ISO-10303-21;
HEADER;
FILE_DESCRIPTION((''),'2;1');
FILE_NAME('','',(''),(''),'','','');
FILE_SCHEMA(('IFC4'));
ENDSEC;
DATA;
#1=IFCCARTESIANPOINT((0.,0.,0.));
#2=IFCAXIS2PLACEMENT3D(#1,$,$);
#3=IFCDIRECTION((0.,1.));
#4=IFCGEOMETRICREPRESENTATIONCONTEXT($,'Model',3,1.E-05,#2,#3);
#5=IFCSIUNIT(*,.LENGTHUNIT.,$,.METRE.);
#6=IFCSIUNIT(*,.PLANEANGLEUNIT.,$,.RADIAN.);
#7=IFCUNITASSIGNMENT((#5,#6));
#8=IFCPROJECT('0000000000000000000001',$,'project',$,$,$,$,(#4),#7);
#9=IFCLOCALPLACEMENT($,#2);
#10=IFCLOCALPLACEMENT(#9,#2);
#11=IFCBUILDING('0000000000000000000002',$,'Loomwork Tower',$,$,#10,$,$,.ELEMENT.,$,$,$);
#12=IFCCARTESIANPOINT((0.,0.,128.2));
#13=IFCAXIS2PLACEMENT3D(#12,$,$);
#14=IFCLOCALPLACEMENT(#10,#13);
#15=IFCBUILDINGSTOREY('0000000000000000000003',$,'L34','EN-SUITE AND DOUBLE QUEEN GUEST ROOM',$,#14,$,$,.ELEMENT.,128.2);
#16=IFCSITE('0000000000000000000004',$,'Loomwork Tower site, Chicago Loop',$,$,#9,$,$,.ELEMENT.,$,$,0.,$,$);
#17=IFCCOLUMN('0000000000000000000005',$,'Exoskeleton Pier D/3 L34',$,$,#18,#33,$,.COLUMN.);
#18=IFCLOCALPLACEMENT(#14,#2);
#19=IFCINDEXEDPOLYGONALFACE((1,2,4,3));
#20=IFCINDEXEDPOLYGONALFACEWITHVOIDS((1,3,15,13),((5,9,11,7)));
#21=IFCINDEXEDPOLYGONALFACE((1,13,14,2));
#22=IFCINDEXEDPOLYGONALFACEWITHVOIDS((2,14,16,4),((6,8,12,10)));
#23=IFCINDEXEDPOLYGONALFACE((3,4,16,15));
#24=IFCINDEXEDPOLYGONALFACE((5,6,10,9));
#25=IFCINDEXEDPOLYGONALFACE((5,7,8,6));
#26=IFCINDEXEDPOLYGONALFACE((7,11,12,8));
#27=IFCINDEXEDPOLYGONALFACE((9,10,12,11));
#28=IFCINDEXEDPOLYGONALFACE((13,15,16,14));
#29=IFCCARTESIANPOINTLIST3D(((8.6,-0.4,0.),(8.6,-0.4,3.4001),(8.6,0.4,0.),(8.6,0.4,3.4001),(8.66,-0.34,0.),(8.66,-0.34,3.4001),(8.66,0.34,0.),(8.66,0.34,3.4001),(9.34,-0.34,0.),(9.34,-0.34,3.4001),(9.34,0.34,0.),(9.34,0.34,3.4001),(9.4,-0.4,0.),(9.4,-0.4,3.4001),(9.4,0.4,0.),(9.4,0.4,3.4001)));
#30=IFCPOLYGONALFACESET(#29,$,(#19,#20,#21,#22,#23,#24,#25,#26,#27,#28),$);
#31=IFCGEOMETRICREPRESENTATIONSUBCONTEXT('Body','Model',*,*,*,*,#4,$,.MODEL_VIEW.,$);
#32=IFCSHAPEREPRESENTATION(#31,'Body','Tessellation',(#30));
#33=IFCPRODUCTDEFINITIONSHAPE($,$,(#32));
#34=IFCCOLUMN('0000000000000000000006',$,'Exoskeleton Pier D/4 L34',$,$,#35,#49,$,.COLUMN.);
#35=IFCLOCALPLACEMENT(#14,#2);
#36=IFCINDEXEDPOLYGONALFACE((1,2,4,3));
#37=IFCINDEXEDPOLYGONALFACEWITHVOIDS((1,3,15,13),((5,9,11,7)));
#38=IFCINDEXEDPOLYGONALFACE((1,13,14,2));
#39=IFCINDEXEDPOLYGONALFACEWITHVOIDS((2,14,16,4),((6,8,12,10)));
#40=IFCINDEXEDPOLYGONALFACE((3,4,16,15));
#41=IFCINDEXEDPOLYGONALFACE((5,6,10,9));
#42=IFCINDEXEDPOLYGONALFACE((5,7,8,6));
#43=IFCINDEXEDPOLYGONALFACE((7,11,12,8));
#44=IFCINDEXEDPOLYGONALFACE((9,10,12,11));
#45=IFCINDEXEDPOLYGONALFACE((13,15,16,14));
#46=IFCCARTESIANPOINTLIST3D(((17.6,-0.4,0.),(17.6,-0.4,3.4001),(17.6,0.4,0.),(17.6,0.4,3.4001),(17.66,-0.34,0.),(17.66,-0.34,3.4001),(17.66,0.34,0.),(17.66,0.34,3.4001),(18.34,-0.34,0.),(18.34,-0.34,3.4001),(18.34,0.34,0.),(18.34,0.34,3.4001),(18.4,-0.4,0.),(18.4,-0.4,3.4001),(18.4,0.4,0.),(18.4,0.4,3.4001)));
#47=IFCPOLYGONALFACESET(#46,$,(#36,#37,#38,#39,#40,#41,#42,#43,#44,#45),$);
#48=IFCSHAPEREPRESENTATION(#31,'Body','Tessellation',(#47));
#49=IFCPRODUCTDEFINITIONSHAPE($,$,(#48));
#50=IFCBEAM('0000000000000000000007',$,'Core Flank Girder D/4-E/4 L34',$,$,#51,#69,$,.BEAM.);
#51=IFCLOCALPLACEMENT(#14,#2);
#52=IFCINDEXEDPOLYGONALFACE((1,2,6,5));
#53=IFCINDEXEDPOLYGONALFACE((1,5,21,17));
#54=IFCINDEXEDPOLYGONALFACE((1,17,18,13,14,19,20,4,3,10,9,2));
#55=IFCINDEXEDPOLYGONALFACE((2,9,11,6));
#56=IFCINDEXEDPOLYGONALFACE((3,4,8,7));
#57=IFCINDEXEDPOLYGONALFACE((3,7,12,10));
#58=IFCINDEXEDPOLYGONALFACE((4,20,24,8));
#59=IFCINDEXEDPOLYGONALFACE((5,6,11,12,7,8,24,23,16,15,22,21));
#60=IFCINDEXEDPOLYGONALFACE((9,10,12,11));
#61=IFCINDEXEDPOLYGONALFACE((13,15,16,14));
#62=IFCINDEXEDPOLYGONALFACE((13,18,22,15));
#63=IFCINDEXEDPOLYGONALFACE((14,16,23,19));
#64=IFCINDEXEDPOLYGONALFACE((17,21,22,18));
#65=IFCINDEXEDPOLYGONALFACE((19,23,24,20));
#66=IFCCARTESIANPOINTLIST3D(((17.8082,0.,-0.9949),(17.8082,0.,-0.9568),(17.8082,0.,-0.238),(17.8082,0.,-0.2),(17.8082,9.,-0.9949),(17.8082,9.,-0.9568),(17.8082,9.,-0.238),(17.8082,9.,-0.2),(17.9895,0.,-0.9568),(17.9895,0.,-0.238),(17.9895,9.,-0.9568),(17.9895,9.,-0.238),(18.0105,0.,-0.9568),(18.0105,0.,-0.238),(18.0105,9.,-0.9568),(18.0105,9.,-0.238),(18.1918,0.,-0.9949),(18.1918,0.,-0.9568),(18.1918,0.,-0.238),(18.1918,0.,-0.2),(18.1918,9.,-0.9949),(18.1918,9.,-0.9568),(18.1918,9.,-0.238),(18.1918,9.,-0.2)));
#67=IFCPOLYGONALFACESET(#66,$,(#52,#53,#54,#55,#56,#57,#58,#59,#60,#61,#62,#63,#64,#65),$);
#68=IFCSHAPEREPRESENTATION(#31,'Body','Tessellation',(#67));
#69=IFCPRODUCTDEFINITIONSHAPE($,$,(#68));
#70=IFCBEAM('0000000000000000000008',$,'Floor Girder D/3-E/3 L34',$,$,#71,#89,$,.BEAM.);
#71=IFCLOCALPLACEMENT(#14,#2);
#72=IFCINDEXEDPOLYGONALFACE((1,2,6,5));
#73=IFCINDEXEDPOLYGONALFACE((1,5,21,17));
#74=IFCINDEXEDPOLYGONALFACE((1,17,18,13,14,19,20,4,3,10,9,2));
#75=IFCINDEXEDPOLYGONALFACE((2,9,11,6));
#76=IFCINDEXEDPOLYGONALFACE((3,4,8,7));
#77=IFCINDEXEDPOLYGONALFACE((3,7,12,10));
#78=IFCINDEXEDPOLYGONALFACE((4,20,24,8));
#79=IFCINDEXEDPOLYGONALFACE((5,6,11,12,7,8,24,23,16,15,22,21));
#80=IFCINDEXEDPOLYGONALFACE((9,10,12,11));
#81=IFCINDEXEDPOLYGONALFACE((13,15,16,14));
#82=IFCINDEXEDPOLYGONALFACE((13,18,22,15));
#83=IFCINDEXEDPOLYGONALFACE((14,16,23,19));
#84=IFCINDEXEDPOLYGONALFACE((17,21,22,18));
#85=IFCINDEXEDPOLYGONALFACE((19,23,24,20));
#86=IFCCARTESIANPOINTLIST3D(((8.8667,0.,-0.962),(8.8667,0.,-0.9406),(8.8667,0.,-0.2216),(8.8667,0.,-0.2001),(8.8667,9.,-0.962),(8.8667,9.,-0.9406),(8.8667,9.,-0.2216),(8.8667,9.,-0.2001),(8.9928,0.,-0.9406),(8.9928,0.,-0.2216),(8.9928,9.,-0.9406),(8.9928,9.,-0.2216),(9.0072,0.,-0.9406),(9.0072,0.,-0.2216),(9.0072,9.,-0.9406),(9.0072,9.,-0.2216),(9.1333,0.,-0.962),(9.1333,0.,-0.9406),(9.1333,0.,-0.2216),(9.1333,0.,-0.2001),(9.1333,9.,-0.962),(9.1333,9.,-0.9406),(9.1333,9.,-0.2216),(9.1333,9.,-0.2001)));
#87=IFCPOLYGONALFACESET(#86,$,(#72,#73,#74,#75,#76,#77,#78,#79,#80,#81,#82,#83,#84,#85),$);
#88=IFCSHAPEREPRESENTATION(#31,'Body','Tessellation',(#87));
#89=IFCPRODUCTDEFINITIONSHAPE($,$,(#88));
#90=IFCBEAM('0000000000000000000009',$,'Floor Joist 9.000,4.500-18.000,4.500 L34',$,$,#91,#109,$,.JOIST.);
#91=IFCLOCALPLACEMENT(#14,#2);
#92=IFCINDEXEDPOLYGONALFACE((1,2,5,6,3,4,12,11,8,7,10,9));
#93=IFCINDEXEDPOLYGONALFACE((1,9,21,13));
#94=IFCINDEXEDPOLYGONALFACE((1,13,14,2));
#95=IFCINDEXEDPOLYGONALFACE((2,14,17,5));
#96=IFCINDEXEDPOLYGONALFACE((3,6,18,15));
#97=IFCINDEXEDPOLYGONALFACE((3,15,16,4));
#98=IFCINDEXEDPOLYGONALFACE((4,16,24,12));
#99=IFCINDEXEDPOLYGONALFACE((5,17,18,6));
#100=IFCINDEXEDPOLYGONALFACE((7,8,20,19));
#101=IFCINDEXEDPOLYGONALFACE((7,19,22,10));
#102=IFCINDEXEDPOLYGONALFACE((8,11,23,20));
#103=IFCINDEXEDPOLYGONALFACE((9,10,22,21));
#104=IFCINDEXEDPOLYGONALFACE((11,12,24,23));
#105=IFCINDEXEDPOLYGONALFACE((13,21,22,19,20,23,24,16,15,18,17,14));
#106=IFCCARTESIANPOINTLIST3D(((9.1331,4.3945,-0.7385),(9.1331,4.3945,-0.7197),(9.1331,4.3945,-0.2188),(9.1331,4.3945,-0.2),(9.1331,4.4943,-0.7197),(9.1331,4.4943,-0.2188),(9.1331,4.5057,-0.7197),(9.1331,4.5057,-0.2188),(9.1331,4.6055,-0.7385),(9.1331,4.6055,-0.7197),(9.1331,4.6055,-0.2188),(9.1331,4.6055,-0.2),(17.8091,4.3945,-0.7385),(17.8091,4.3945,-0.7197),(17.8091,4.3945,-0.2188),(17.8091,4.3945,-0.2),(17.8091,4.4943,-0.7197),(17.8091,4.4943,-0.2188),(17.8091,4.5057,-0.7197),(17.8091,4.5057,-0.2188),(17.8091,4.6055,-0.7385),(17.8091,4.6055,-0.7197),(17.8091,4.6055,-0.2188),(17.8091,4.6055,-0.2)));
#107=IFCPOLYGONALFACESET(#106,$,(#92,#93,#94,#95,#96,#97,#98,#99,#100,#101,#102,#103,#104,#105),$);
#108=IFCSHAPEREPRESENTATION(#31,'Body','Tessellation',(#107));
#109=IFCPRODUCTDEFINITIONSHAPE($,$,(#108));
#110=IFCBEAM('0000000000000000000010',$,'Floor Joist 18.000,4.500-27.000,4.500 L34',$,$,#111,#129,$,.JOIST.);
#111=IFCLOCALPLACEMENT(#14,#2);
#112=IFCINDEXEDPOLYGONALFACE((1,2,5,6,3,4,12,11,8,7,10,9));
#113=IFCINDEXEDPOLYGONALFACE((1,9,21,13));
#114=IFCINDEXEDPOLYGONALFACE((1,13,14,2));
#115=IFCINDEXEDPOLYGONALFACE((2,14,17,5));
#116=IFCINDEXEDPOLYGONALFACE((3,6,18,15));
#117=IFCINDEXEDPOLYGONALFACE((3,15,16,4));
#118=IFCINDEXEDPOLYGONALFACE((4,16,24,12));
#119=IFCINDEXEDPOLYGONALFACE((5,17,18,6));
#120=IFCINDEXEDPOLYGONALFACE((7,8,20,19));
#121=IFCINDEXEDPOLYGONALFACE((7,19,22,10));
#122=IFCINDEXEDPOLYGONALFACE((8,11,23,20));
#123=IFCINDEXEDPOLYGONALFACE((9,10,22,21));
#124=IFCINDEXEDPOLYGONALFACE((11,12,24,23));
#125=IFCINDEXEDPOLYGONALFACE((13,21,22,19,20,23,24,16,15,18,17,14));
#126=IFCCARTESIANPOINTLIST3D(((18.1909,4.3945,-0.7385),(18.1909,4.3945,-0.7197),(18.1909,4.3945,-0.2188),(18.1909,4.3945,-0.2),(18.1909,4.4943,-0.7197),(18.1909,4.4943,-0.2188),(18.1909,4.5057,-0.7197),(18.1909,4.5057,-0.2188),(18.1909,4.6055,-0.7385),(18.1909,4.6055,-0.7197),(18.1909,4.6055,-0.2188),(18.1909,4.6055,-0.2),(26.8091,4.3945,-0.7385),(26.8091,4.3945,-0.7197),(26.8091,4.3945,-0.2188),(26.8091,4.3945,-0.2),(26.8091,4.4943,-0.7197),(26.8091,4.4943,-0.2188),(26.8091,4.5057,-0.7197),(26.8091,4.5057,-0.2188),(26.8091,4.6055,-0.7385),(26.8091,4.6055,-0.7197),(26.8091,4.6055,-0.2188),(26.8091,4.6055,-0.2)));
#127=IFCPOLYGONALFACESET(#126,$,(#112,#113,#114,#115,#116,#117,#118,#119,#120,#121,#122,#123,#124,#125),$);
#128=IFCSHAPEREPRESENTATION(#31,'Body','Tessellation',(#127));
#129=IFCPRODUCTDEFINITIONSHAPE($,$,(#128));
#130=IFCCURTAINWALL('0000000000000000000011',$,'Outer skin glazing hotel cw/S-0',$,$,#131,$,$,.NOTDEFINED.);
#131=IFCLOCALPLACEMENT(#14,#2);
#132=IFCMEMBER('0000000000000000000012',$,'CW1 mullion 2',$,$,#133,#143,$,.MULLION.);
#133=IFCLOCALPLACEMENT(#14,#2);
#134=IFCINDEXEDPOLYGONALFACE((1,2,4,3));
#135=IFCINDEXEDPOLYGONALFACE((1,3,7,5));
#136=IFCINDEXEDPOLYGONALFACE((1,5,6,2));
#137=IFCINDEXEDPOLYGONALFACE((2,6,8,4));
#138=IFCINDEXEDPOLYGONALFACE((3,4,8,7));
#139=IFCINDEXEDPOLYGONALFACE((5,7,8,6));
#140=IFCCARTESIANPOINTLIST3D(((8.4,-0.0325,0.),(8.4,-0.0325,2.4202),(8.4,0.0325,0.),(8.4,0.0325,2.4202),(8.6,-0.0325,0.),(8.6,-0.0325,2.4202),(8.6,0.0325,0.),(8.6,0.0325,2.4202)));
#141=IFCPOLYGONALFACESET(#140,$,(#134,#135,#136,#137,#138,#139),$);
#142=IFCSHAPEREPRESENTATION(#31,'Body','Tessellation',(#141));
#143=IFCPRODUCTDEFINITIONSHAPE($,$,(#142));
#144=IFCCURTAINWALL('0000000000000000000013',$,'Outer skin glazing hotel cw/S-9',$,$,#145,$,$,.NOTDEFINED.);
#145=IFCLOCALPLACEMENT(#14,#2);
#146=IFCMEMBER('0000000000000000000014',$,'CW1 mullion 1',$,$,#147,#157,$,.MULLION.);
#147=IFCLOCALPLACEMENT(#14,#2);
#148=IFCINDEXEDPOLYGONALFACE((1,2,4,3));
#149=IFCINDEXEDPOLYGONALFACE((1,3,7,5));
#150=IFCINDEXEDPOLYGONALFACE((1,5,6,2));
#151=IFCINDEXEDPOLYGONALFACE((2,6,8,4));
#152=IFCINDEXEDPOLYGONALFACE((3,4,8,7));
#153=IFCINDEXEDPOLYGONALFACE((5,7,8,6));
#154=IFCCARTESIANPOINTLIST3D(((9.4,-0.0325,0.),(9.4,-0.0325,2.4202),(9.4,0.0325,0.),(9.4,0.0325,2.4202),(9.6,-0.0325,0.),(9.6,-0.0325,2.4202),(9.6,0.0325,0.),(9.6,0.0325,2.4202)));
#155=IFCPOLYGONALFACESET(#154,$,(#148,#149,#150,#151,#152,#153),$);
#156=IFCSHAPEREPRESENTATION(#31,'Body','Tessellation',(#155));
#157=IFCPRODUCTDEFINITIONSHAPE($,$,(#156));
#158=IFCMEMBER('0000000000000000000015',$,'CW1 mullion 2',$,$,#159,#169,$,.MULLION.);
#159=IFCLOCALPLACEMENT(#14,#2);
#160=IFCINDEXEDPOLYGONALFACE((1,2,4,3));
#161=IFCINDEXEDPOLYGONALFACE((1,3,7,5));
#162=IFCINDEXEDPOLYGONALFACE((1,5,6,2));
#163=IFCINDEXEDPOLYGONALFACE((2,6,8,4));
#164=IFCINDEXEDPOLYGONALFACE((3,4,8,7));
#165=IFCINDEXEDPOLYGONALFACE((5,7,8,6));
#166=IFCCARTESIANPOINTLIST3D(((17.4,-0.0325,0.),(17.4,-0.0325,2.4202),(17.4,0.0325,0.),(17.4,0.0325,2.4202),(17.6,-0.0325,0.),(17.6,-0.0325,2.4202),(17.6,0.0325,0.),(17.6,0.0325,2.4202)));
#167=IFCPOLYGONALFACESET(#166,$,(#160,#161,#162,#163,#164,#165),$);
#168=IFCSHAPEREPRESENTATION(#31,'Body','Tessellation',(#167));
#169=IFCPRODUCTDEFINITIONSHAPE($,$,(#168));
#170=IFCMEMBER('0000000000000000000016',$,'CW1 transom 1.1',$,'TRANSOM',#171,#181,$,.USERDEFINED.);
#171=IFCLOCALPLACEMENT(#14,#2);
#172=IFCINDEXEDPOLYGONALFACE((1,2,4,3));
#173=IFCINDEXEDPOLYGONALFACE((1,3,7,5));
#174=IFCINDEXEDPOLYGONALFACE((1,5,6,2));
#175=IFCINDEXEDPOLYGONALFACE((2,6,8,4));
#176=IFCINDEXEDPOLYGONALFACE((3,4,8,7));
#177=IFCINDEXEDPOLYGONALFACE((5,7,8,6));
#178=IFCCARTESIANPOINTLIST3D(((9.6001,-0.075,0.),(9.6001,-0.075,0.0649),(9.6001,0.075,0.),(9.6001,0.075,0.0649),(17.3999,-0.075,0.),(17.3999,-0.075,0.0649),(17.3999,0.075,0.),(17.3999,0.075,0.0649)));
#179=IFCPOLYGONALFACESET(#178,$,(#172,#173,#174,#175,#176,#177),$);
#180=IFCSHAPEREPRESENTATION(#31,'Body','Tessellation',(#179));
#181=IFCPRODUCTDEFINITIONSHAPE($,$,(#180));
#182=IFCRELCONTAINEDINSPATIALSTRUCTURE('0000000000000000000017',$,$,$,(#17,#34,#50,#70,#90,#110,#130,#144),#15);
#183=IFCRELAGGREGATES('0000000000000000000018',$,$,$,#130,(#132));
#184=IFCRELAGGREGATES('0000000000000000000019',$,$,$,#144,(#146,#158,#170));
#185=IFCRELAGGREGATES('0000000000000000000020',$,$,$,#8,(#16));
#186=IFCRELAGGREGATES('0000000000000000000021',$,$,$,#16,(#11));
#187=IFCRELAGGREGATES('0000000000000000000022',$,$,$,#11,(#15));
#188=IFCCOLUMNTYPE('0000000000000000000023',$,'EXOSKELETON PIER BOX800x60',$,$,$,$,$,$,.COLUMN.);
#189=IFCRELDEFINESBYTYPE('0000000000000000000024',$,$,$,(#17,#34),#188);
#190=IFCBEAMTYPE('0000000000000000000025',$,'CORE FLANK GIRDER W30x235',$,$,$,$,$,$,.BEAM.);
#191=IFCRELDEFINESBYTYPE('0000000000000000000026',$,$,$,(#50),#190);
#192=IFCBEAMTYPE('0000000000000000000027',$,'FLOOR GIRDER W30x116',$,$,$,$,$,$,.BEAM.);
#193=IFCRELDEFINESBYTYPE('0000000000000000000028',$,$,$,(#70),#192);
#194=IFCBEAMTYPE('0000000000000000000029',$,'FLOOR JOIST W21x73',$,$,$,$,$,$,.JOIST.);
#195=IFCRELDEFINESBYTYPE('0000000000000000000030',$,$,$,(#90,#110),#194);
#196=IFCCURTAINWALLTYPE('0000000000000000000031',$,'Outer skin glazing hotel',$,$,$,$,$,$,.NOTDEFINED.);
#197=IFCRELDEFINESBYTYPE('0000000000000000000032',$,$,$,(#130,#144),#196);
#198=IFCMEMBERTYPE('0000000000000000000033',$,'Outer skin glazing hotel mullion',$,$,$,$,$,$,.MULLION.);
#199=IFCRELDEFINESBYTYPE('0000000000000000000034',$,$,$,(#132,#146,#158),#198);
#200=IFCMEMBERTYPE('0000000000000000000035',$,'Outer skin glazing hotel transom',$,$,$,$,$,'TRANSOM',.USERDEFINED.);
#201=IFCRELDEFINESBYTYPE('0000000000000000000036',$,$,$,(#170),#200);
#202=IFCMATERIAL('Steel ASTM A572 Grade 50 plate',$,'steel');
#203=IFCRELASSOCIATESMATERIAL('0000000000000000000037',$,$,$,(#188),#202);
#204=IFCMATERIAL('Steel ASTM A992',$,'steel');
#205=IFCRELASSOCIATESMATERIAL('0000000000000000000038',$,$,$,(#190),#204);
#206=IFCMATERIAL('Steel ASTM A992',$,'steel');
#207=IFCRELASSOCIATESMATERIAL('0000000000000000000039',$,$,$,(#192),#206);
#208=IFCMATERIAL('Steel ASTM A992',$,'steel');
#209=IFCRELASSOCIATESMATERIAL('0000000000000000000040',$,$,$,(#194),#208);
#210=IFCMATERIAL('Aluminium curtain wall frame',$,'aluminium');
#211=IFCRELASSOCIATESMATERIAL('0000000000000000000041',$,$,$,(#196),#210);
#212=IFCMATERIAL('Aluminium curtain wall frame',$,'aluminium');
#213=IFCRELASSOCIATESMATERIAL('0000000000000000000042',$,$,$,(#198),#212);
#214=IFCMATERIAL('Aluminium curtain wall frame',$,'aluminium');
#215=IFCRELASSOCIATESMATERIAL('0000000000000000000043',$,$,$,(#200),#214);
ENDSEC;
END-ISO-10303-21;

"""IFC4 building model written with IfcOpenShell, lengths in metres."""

from ifc_helpers import new_model, si_unit, direction, frame, origin, origin_2d, place, context, subcontext, project, spatial, rectangle, hollow_rectangle, i_section, extrude, material, material_profile, profile_set, type_object, element, aggregate, save


model = new_model("IFC4")

# Units and contexts
model_context = context("Model", 3, precision=1e-05, world=origin(), true_north=direction((0.0, 1.0)))
body_context = subcontext(model_context, "Body", "Model", "MODEL_VIEW")
ifc_project = project(units=[si_unit("LENGTHUNIT", "METRE"), si_unit("PLANEANGLEUNIT", "RADIAN")], contexts=[model_context])

# Site, building, storey
site_placement = place(None, origin())
site = spatial("IfcSite", under=ifc_project, at=site_placement, Name="Loomwork Tower site, Chicago Loop", CompositionType="ELEMENT", RefElevation=0.0)
building_placement = place(site_placement, origin())
building = spatial("IfcBuilding", under=site, at=building_placement, Name="Loomwork Tower", CompositionType="ELEMENT")
storey_placement = place(building_placement, frame((0.0, 0.0, 128.2)))
storey = spatial("IfcBuildingStorey", under=building, at=storey_placement, Name="L34", Description="EN-SUITE AND DOUBLE QUEEN GUEST ROOM", CompositionType="ELEMENT", Elevation=128.2)

# Columns
ifc_material_1 = material(Name="Steel ASTM A572 Grade 50 plate", Category="steel")
ifc_material_profile_1 = material_profile(ifc_material_1, hollow_rectangle(XDim=0.8, YDim=0.8, WallThickness=0.0601, at=origin_2d()), Name="BOX800x60")
ifc_profile_set_1 = profile_set([ifc_material_profile_1], Name="Steel ASTM A572 Grade 50 plate")
column_type = type_object("IfcColumnType", Name="EXOSKELETON PIER BOX800x60", PredefinedType="COLUMN", material=ifc_profile_set_1)
for number, where, z_axis, x_axis, name in (
    (1, (9.0, 0.0, 0.0), (0.0, 0.0, 1.0), (1.0, 0.0, 0.0), "Exoskeleton Pier D/3 L34"),
    (2, (18.0, 0.0, 0.0), (0.0, 0.0, 1.0), (1.0, 0.0, 0.0), "Exoskeleton Pier D/4 L34"),
):
    element("IfcColumn", number, at=place(storey_placement, frame(where, z_axis=z_axis, x_axis=x_axis)), inside=storey, type_object=column_type, Name=name, PredefinedType="COLUMN", context=body_context, shape_type="SweptSolid", body=[
        extrude(hollow_rectangle(XDim=0.8, YDim=0.8, WallThickness=0.0601, at=origin_2d()), origin(), (0.0, 0.0, 1.0), 3.4001),
    ])

# Beams
ifc_material_2 = material(Name="Steel ASTM A992", Category="steel")
ifc_material_profile_2 = material_profile(ifc_material_2, i_section(OverallWidth=0.3835, OverallDepth=0.7949, WebThickness=0.021, FlangeThickness=0.0381, at=origin_2d()), Name="W30x235")
ifc_profile_set_2 = profile_set([ifc_material_profile_2], Name="Steel ASTM A992")
beam_type_1 = type_object("IfcBeamType", Name="CORE FLANK GIRDER W30x235", PredefinedType="BEAM", material=ifc_profile_set_2)
beam_1_placement = place(storey_placement, frame((18.0, 0.0, -0.5974), z_axis=(0.0, 1.0, 0.0), x_axis=(-1.0, 0.0, 0.0)))
element("IfcBeam", 3, at=beam_1_placement, inside=storey, type_object=beam_type_1, Name="Core Flank Girder D/4-E/4 L34", PredefinedType="BEAM", context=body_context, shape_type="SweptSolid", body=[
    extrude(i_section(OverallWidth=0.3835, OverallDepth=0.7949, WebThickness=0.021, FlangeThickness=0.0381, at=origin_2d()), origin(), (0.0, 0.0, 1.0), 9.0),
])
ifc_material_3 = material(Name="Steel ASTM A992", Category="steel")
ifc_material_profile_3 = material_profile(ifc_material_3, i_section(OverallWidth=0.2666, OverallDepth=0.762, WebThickness=0.0144, FlangeThickness=0.0215, at=origin_2d()), Name="W30x116")
ifc_profile_set_3 = profile_set([ifc_material_profile_3], Name="Steel ASTM A992")
beam_type_2 = type_object("IfcBeamType", Name="FLOOR GIRDER W30x116", PredefinedType="BEAM", material=ifc_profile_set_3)
beam_2_placement = place(storey_placement, frame((9.0, 0.0, -0.5811), z_axis=(0.0, 1.0, 0.0), x_axis=(-1.0, 0.0, 0.0)))
element("IfcBeam", 4, at=beam_2_placement, inside=storey, type_object=beam_type_2, Name="Floor Girder D/3-E/3 L34", PredefinedType="BEAM", context=body_context, shape_type="SweptSolid", body=[
    extrude(i_section(OverallWidth=0.2666, OverallDepth=0.762, WebThickness=0.0144, FlangeThickness=0.0215, at=origin_2d()), origin(), (0.0, 0.0, 1.0), 9.0),
])
ifc_material_4 = material(Name="Steel ASTM A992", Category="steel")
ifc_material_profile_4 = material_profile(ifc_material_4, i_section(OverallWidth=0.2109, OverallDepth=0.5386, WebThickness=0.0115, FlangeThickness=0.0188, at=origin_2d()), Name="W21x73")
ifc_profile_set_4 = profile_set([ifc_material_profile_4], Name="Steel ASTM A992")
beam_type_3 = type_object("IfcBeamType", Name="FLOOR JOIST W21x73", PredefinedType="JOIST", material=ifc_profile_set_4)
beam_3_placement = place(storey_placement, frame((9.1331, 4.5, -0.4692), z_axis=(1.0, 0.0, 0.0), x_axis=(0.0, 1.0, 0.0)))
element("IfcBeam", 5, at=beam_3_placement, inside=storey, type_object=beam_type_3, Name="Floor Joist 9.000,4.500-18.000,4.500 L34", PredefinedType="JOIST", context=body_context, shape_type="SweptSolid", body=[
    extrude(i_section(OverallWidth=0.2109, OverallDepth=0.5386, WebThickness=0.0115, FlangeThickness=0.0188, at=origin_2d()), origin(), (0.0, 0.0, 1.0), 8.676),
])
beam_4_placement = place(storey_placement, frame((18.1909, 4.5, -0.4692), z_axis=(1.0, 0.0, 0.0), x_axis=(0.0, 1.0, 0.0)))
element("IfcBeam", 6, at=beam_4_placement, inside=storey, type_object=beam_type_3, Name="Floor Joist 18.000,4.500-27.000,4.500 L34", PredefinedType="JOIST", context=body_context, shape_type="SweptSolid", body=[
    extrude(i_section(OverallWidth=0.2109, OverallDepth=0.5386, WebThickness=0.0115, FlangeThickness=0.0188, at=origin_2d()), origin(), (0.0, 0.0, 1.0), 8.6182),
])

# Curtain wall, member
ifc_material_5 = material(Name="Aluminium curtain wall frame", Category="aluminium")
curtain_wall_type = type_object("IfcCurtainWallType", Name="Outer skin glazing hotel", PredefinedType="NOTDEFINED", material=ifc_material_5)
curtain_wall_1_placement = place(storey_placement, origin())
curtain_wall_1 = element("IfcCurtainWall", 7, at=curtain_wall_1_placement, inside=storey, type_object=curtain_wall_type, Name="Outer skin glazing hotel cw/S-0", PredefinedType="NOTDEFINED")
ifc_material_6 = material(Name="Aluminium curtain wall frame", Category="aluminium")
ifc_material_profile_5 = material_profile(ifc_material_6, rectangle(XDim=0.0649, YDim=0.2, at=origin_2d()), Name="AL 65x200")
ifc_profile_set_5 = profile_set([ifc_material_profile_5], Name="Aluminium curtain wall frame")
member_type_1 = type_object("IfcMemberType", Name="Outer skin glazing hotel mullion", PredefinedType="MULLION", material=ifc_profile_set_5)
member_1_placement = place(storey_placement, frame((8.5, 0.0, 0.0), z_axis=(0.0, 0.0, 1.0), x_axis=(0.0, 1.0, 0.0)))
member_1 = element("IfcMember", 8, at=member_1_placement, type_object=member_type_1, Name="CW1 mullion 2", PredefinedType="MULLION", context=body_context, shape_type="SweptSolid", body=[
    extrude(rectangle(XDim=0.0649, YDim=0.2, at=origin_2d()), origin(), (0.0, 0.0, 1.0), 2.4202),
])
aggregate(curtain_wall_1, [member_1])

# Curtain wall, members
curtain_wall_2_placement = place(storey_placement, origin())
curtain_wall_2 = element("IfcCurtainWall", 9, at=curtain_wall_2_placement, inside=storey, type_object=curtain_wall_type, Name="Outer skin glazing hotel cw/S-9", PredefinedType="NOTDEFINED")
member_2_placement = place(storey_placement, frame((9.5, 0.0, 0.0), z_axis=(0.0, 0.0, 1.0), x_axis=(0.0, 1.0, 0.0)))
member_2 = element("IfcMember", 10, at=member_2_placement, type_object=member_type_1, Name="CW1 mullion 1", PredefinedType="MULLION", context=body_context, shape_type="SweptSolid", body=[
    extrude(rectangle(XDim=0.0649, YDim=0.2, at=origin_2d()), origin(), (0.0, 0.0, 1.0), 2.4202),
])
member_3_placement = place(storey_placement, frame((17.5, 0.0, 0.0), z_axis=(0.0, 0.0, 1.0), x_axis=(0.0, 1.0, 0.0)))
member_3 = element("IfcMember", 11, at=member_3_placement, type_object=member_type_1, Name="CW1 mullion 2", PredefinedType="MULLION", context=body_context, shape_type="SweptSolid", body=[
    extrude(rectangle(XDim=0.0649, YDim=0.2, at=origin_2d()), origin(), (0.0, 0.0, 1.0), 2.4202),
])
ifc_material_7 = material(Name="Aluminium curtain wall frame", Category="aluminium")
ifc_material_profile_6 = material_profile(ifc_material_7, rectangle(XDim=0.1499, YDim=0.0649, at=origin_2d()), Name="AL 65x150")
ifc_profile_set_6 = profile_set([ifc_material_profile_6], Name="Aluminium curtain wall frame")
member_type_2 = type_object("IfcMemberType", Name="Outer skin glazing hotel transom", ElementType="TRANSOM", PredefinedType="USERDEFINED", material=ifc_profile_set_6)
member_4_placement = place(storey_placement, frame((9.6001, 0.0, 0.0325), z_axis=(1.0, 0.0, 0.0), x_axis=(0.0, 1.0, 0.0)))
member_4 = element("IfcMember", 12, at=member_4_placement, type_object=member_type_2, Name="CW1 transom 1.1", ObjectType="TRANSOM", PredefinedType="USERDEFINED", context=body_context, shape_type="SweptSolid", body=[
    extrude(rectangle(XDim=0.1499, YDim=0.0649, at=origin_2d()), origin(), (0.0, 0.0, 1.0), 7.7998),
])

aggregate(curtain_wall_2, [member_2, member_3, member_4])

save(model, "model.ifc")
